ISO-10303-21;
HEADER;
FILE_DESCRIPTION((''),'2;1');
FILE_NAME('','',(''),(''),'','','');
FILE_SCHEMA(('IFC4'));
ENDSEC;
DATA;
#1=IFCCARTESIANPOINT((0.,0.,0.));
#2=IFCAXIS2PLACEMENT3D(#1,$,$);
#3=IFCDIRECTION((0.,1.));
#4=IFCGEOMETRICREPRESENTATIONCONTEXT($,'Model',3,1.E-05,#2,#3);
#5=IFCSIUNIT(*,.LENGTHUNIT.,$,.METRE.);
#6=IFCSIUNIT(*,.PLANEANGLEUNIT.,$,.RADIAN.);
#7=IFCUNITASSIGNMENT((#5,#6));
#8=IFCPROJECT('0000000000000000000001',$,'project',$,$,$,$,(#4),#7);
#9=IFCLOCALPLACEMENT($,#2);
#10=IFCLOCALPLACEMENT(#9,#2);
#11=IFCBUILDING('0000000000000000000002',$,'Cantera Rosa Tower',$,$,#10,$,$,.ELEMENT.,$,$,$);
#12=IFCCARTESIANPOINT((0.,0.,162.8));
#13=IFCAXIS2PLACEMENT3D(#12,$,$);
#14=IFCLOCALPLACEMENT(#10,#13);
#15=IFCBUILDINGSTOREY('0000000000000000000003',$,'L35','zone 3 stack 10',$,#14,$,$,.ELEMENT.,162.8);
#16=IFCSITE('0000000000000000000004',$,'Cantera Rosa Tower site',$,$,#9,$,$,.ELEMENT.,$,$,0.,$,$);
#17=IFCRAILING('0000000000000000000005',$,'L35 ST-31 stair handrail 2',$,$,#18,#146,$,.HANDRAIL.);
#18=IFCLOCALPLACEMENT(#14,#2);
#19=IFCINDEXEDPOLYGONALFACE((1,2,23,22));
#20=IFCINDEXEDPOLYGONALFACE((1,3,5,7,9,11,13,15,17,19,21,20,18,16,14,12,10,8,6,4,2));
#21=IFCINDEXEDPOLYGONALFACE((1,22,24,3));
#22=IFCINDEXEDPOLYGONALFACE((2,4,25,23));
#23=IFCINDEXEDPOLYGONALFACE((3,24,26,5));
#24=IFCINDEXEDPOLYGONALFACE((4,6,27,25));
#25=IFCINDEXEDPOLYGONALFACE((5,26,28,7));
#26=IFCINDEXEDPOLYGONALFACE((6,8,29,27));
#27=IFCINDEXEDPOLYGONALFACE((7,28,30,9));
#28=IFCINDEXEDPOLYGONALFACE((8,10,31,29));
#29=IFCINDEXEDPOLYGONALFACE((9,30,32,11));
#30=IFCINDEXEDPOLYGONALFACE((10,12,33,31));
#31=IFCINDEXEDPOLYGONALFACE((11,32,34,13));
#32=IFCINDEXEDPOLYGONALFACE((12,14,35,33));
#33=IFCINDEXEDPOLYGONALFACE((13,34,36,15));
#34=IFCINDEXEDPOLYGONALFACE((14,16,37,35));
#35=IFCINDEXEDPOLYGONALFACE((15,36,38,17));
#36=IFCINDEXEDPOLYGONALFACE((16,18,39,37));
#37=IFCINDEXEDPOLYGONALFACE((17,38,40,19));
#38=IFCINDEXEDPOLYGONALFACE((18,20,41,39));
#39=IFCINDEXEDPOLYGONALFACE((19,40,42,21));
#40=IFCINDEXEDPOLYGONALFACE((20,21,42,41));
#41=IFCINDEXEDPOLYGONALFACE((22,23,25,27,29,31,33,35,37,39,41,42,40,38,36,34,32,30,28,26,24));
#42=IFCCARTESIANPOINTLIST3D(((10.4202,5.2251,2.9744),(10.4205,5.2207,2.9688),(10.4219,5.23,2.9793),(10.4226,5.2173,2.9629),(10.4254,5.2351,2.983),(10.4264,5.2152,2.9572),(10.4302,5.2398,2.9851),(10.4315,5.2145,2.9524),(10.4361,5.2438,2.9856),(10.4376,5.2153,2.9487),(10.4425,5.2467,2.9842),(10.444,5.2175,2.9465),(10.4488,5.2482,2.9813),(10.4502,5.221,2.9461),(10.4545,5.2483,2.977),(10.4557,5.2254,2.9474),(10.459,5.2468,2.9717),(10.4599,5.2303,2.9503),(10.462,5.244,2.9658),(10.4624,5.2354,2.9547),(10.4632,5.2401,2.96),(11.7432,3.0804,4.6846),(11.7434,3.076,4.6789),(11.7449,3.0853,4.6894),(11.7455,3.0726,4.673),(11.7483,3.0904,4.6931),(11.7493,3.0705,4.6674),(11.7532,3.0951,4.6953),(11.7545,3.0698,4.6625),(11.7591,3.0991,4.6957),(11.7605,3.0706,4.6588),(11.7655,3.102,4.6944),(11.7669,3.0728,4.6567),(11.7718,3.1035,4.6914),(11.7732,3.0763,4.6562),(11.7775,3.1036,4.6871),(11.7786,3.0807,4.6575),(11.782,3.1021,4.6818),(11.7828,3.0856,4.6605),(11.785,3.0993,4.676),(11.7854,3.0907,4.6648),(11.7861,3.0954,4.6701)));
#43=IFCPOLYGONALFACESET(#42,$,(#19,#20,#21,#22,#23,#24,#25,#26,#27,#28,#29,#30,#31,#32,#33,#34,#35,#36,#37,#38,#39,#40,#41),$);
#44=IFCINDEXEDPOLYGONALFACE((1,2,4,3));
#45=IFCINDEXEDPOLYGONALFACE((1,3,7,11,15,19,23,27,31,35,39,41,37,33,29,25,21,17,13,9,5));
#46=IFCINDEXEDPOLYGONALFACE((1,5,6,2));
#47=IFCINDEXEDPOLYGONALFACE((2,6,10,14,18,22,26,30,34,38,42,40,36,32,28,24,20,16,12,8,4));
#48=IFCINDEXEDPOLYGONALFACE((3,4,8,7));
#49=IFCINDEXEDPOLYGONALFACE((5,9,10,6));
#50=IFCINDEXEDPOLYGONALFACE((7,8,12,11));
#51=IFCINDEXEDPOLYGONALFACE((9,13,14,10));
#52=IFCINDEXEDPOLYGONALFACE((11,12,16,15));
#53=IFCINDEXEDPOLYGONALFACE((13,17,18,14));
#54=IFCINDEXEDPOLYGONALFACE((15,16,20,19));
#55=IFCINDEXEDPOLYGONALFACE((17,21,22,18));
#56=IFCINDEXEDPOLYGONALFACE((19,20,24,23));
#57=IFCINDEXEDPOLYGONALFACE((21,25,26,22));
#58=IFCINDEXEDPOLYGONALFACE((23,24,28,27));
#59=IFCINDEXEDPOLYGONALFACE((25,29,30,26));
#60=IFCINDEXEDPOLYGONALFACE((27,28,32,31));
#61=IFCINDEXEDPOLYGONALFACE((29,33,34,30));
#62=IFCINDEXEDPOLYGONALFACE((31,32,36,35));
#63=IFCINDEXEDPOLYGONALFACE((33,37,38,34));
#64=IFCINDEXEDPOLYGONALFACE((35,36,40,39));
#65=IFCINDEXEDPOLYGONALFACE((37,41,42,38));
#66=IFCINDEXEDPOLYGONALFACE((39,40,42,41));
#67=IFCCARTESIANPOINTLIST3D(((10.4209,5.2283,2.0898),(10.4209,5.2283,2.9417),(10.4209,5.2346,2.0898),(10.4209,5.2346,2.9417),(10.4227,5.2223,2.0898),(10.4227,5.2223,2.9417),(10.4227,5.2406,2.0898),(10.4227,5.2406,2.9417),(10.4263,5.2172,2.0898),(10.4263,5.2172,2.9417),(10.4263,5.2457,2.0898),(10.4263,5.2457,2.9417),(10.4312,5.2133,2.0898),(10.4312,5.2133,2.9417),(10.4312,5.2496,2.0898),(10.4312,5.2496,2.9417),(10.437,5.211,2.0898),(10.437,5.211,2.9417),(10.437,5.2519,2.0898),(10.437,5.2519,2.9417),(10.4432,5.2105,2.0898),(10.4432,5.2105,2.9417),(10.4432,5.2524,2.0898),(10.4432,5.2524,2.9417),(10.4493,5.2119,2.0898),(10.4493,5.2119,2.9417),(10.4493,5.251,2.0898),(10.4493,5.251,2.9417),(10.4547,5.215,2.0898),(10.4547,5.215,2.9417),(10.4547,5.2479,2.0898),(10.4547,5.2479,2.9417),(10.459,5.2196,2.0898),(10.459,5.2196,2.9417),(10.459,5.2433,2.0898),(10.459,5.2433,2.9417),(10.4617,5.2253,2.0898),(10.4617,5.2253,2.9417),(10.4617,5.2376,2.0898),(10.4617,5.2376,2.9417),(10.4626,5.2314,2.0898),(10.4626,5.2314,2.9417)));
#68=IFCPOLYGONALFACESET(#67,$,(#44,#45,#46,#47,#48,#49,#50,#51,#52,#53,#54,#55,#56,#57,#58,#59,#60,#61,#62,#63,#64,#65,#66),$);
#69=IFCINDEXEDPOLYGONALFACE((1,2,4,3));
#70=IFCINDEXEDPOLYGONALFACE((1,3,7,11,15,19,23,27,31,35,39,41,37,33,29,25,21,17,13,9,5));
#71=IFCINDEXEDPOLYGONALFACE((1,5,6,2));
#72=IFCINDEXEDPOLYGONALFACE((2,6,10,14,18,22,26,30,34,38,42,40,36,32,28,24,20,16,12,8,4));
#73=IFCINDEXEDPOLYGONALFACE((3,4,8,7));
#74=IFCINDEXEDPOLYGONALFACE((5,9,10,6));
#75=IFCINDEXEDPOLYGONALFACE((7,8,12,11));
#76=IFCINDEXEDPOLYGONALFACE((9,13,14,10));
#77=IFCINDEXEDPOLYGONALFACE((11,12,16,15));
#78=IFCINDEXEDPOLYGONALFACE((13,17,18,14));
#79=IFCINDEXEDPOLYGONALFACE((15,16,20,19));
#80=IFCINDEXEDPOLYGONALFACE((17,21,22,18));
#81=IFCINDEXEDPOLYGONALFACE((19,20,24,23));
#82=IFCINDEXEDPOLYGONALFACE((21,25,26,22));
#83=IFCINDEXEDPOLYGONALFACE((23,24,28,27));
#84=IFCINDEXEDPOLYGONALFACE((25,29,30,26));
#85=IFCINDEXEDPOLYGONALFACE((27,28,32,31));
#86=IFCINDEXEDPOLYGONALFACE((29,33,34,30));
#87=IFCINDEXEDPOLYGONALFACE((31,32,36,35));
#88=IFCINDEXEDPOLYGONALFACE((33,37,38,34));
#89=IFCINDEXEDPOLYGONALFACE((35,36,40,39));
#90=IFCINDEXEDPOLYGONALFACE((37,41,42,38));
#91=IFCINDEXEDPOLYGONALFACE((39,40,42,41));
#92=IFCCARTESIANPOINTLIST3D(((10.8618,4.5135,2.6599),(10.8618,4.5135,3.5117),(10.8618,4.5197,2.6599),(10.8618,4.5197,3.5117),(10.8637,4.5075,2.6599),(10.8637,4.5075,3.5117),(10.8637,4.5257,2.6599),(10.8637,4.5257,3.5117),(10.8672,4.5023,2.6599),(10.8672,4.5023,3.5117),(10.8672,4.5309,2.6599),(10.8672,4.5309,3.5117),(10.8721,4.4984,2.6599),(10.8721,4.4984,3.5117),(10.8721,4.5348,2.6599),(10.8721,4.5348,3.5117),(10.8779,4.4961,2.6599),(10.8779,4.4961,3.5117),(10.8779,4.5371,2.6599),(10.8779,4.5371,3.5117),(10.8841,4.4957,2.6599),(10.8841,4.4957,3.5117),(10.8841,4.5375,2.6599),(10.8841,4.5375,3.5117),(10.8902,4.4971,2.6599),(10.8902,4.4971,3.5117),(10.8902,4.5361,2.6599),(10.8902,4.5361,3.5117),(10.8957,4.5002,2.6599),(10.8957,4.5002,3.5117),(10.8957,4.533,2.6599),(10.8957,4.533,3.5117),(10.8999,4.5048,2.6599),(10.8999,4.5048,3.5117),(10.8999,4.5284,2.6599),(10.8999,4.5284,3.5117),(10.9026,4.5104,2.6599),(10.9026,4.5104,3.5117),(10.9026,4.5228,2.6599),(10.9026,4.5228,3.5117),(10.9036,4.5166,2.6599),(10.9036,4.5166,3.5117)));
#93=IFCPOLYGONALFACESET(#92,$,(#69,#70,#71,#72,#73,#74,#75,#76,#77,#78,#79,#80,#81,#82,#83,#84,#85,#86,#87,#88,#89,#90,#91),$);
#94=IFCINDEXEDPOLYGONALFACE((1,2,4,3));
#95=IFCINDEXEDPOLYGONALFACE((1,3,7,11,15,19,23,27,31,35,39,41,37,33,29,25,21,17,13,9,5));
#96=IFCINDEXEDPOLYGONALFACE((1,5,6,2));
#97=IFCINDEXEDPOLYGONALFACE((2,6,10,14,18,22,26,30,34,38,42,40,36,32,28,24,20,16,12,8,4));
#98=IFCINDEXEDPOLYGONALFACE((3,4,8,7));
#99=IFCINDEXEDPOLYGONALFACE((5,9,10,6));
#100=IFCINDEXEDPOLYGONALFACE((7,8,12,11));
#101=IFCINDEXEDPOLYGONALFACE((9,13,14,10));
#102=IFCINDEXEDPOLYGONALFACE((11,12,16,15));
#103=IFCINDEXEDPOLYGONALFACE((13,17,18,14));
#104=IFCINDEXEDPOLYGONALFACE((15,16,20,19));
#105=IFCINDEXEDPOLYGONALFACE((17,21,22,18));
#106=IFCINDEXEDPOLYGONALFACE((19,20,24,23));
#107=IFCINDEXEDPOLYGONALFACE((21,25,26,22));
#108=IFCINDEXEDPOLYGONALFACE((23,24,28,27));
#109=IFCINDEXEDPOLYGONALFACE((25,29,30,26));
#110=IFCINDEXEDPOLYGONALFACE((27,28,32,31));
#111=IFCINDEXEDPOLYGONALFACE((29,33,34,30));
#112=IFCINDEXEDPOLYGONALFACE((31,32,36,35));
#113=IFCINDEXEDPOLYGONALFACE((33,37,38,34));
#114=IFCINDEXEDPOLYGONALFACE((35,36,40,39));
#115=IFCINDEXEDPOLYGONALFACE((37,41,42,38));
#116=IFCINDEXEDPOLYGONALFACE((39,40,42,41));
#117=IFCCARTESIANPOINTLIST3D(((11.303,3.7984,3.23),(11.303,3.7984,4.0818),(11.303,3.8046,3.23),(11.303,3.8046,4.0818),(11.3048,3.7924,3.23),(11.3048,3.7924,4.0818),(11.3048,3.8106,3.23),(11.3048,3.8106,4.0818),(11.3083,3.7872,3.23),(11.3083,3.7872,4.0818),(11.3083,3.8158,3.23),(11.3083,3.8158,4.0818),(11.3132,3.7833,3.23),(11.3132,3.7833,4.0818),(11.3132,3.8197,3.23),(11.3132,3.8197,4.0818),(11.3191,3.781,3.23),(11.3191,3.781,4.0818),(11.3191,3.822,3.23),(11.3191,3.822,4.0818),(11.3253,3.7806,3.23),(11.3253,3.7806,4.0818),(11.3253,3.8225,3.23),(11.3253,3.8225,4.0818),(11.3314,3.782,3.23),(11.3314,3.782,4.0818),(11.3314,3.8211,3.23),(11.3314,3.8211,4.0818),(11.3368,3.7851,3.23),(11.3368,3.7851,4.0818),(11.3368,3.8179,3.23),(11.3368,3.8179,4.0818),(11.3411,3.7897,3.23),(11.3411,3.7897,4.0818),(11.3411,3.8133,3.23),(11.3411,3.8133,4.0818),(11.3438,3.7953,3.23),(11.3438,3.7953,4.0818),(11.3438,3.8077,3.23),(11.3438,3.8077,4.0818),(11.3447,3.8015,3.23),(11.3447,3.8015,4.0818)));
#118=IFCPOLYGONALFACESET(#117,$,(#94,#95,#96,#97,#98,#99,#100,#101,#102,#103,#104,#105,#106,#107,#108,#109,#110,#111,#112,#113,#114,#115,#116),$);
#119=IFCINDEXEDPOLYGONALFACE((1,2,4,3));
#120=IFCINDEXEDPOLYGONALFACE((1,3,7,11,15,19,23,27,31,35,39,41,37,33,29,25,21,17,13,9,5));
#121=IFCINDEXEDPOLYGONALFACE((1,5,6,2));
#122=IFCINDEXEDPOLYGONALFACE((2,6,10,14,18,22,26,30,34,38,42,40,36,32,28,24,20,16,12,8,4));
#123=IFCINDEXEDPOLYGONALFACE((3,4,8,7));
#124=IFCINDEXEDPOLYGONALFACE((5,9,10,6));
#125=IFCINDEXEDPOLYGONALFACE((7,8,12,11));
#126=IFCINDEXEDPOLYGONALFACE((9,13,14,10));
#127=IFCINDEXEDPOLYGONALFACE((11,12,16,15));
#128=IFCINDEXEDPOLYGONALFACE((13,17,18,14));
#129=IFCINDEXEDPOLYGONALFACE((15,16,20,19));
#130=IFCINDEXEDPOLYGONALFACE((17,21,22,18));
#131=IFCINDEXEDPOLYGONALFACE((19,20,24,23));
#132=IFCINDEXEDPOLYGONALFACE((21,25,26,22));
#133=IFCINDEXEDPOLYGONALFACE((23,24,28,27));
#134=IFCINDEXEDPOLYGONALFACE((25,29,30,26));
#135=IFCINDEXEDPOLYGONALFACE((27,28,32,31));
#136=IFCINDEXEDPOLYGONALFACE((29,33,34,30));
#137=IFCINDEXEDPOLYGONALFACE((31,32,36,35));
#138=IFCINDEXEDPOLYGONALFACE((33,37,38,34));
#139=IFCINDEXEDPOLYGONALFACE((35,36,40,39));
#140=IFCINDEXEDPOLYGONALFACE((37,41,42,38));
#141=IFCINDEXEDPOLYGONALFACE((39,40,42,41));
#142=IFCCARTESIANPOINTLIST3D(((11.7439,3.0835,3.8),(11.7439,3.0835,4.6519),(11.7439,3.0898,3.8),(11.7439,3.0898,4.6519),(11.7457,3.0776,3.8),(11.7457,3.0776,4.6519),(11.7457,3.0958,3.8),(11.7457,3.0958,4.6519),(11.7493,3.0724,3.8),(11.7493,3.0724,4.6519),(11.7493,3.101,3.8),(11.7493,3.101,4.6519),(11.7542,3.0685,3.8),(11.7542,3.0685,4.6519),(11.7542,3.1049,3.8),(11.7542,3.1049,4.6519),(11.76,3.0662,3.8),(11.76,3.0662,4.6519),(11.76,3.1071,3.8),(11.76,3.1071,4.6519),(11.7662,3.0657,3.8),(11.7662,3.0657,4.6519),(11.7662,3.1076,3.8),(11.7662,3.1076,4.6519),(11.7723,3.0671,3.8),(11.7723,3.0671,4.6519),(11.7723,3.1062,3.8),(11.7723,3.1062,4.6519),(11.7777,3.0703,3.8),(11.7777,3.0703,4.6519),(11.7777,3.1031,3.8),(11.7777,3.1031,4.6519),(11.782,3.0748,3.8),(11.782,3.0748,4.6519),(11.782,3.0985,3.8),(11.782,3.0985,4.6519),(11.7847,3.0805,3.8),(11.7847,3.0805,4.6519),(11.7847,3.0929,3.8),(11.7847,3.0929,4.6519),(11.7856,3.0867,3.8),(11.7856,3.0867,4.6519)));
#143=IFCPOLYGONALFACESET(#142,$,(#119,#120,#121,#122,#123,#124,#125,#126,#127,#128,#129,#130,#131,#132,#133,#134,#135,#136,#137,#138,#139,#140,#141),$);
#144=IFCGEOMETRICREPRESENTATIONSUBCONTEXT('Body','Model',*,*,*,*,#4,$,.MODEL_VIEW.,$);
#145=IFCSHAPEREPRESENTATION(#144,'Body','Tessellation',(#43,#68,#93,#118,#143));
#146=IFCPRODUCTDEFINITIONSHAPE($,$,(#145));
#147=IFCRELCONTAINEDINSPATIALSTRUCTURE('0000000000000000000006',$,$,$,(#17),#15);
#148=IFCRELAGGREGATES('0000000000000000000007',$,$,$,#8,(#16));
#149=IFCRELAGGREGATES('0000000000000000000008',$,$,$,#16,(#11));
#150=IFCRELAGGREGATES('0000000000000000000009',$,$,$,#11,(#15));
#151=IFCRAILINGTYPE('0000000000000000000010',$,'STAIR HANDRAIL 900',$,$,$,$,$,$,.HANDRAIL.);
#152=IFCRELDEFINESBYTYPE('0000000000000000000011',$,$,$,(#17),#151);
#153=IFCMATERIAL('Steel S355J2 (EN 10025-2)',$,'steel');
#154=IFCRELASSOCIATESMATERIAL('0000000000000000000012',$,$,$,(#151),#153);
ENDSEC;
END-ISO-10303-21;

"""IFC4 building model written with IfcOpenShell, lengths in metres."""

from ifc_helpers import new_model, si_unit, direction, frame, origin, origin_2d, place, context, subcontext, project, spatial, circle, extrude, material, type_object, element, save


model = new_model("IFC4")

# Units and contexts
model_context = context("Model", 3, precision=1e-05, world=origin(), true_north=direction((0.0, 1.0)))
body_context = subcontext(model_context, "Body", "Model", "MODEL_VIEW")
ifc_project = project(units=[si_unit("LENGTHUNIT", "METRE"), si_unit("PLANEANGLEUNIT", "RADIAN")], contexts=[model_context])

# Site, building, storey
site_placement = place(None, origin())
site = spatial("IfcSite", under=ifc_project, at=site_placement, Name="Cantera Rosa Tower site", CompositionType="ELEMENT", RefElevation=0.0)
building_placement = place(site_placement, origin())
building = spatial("IfcBuilding", under=site, at=building_placement, Name="Cantera Rosa Tower", CompositionType="ELEMENT")
storey_placement = place(building_placement, frame((0.0, 0.0, 162.8)))
storey = spatial("IfcBuildingStorey", under=building, at=storey_placement, Name="L35", Description="zone 3 stack 10", CompositionType="ELEMENT", Elevation=162.8)

# Railing
ifc_material_1 = material(Name="Steel S355J2 (EN 10025-2)", Category="steel")
railing_type_1 = type_object("IfcRailingType", Name="STAIR HANDRAIL 900", PredefinedType="HANDRAIL", material=ifc_material_1)
railing_1_placement = place(storey_placement, frame((10.4417, 5.2314, 2.0898)))
element("IfcRailing", 1, at=railing_1_placement, inside=storey, type_object=railing_type_1, Name="L35 ST-31 stair handrail 2", PredefinedType="HANDRAIL", context=body_context, shape_type="SweptSolid", body=[
    extrude(circle(Radius=0.0239, at=origin_2d()), frame((0.0, 0.0, 0.876), z_axis=(0.434408, -0.70424, 0.561548), x_axis=(0.851102, 0.525, 0.0)), (0.0, 0.0, 1.0), 3.0454),
    extrude(circle(Radius=0.021, at=origin_2d()), origin(), (0.0, 0.0, 1.0), 0.8518),
    extrude(circle(Radius=0.021, at=origin_2d()), frame((0.4409, -0.7148, 0.5701)), (0.0, 0.0, 1.0), 0.8518),
    extrude(circle(Radius=0.021, at=origin_2d()), frame((0.8821, -1.4299, 1.1401)), (0.0, 0.0, 1.0), 0.8518),
    extrude(circle(Radius=0.021, at=origin_2d()), frame((1.323, -2.1448, 1.7102)), (0.0, 0.0, 1.0), 0.8518),
])

save(model, "model.ifc")
